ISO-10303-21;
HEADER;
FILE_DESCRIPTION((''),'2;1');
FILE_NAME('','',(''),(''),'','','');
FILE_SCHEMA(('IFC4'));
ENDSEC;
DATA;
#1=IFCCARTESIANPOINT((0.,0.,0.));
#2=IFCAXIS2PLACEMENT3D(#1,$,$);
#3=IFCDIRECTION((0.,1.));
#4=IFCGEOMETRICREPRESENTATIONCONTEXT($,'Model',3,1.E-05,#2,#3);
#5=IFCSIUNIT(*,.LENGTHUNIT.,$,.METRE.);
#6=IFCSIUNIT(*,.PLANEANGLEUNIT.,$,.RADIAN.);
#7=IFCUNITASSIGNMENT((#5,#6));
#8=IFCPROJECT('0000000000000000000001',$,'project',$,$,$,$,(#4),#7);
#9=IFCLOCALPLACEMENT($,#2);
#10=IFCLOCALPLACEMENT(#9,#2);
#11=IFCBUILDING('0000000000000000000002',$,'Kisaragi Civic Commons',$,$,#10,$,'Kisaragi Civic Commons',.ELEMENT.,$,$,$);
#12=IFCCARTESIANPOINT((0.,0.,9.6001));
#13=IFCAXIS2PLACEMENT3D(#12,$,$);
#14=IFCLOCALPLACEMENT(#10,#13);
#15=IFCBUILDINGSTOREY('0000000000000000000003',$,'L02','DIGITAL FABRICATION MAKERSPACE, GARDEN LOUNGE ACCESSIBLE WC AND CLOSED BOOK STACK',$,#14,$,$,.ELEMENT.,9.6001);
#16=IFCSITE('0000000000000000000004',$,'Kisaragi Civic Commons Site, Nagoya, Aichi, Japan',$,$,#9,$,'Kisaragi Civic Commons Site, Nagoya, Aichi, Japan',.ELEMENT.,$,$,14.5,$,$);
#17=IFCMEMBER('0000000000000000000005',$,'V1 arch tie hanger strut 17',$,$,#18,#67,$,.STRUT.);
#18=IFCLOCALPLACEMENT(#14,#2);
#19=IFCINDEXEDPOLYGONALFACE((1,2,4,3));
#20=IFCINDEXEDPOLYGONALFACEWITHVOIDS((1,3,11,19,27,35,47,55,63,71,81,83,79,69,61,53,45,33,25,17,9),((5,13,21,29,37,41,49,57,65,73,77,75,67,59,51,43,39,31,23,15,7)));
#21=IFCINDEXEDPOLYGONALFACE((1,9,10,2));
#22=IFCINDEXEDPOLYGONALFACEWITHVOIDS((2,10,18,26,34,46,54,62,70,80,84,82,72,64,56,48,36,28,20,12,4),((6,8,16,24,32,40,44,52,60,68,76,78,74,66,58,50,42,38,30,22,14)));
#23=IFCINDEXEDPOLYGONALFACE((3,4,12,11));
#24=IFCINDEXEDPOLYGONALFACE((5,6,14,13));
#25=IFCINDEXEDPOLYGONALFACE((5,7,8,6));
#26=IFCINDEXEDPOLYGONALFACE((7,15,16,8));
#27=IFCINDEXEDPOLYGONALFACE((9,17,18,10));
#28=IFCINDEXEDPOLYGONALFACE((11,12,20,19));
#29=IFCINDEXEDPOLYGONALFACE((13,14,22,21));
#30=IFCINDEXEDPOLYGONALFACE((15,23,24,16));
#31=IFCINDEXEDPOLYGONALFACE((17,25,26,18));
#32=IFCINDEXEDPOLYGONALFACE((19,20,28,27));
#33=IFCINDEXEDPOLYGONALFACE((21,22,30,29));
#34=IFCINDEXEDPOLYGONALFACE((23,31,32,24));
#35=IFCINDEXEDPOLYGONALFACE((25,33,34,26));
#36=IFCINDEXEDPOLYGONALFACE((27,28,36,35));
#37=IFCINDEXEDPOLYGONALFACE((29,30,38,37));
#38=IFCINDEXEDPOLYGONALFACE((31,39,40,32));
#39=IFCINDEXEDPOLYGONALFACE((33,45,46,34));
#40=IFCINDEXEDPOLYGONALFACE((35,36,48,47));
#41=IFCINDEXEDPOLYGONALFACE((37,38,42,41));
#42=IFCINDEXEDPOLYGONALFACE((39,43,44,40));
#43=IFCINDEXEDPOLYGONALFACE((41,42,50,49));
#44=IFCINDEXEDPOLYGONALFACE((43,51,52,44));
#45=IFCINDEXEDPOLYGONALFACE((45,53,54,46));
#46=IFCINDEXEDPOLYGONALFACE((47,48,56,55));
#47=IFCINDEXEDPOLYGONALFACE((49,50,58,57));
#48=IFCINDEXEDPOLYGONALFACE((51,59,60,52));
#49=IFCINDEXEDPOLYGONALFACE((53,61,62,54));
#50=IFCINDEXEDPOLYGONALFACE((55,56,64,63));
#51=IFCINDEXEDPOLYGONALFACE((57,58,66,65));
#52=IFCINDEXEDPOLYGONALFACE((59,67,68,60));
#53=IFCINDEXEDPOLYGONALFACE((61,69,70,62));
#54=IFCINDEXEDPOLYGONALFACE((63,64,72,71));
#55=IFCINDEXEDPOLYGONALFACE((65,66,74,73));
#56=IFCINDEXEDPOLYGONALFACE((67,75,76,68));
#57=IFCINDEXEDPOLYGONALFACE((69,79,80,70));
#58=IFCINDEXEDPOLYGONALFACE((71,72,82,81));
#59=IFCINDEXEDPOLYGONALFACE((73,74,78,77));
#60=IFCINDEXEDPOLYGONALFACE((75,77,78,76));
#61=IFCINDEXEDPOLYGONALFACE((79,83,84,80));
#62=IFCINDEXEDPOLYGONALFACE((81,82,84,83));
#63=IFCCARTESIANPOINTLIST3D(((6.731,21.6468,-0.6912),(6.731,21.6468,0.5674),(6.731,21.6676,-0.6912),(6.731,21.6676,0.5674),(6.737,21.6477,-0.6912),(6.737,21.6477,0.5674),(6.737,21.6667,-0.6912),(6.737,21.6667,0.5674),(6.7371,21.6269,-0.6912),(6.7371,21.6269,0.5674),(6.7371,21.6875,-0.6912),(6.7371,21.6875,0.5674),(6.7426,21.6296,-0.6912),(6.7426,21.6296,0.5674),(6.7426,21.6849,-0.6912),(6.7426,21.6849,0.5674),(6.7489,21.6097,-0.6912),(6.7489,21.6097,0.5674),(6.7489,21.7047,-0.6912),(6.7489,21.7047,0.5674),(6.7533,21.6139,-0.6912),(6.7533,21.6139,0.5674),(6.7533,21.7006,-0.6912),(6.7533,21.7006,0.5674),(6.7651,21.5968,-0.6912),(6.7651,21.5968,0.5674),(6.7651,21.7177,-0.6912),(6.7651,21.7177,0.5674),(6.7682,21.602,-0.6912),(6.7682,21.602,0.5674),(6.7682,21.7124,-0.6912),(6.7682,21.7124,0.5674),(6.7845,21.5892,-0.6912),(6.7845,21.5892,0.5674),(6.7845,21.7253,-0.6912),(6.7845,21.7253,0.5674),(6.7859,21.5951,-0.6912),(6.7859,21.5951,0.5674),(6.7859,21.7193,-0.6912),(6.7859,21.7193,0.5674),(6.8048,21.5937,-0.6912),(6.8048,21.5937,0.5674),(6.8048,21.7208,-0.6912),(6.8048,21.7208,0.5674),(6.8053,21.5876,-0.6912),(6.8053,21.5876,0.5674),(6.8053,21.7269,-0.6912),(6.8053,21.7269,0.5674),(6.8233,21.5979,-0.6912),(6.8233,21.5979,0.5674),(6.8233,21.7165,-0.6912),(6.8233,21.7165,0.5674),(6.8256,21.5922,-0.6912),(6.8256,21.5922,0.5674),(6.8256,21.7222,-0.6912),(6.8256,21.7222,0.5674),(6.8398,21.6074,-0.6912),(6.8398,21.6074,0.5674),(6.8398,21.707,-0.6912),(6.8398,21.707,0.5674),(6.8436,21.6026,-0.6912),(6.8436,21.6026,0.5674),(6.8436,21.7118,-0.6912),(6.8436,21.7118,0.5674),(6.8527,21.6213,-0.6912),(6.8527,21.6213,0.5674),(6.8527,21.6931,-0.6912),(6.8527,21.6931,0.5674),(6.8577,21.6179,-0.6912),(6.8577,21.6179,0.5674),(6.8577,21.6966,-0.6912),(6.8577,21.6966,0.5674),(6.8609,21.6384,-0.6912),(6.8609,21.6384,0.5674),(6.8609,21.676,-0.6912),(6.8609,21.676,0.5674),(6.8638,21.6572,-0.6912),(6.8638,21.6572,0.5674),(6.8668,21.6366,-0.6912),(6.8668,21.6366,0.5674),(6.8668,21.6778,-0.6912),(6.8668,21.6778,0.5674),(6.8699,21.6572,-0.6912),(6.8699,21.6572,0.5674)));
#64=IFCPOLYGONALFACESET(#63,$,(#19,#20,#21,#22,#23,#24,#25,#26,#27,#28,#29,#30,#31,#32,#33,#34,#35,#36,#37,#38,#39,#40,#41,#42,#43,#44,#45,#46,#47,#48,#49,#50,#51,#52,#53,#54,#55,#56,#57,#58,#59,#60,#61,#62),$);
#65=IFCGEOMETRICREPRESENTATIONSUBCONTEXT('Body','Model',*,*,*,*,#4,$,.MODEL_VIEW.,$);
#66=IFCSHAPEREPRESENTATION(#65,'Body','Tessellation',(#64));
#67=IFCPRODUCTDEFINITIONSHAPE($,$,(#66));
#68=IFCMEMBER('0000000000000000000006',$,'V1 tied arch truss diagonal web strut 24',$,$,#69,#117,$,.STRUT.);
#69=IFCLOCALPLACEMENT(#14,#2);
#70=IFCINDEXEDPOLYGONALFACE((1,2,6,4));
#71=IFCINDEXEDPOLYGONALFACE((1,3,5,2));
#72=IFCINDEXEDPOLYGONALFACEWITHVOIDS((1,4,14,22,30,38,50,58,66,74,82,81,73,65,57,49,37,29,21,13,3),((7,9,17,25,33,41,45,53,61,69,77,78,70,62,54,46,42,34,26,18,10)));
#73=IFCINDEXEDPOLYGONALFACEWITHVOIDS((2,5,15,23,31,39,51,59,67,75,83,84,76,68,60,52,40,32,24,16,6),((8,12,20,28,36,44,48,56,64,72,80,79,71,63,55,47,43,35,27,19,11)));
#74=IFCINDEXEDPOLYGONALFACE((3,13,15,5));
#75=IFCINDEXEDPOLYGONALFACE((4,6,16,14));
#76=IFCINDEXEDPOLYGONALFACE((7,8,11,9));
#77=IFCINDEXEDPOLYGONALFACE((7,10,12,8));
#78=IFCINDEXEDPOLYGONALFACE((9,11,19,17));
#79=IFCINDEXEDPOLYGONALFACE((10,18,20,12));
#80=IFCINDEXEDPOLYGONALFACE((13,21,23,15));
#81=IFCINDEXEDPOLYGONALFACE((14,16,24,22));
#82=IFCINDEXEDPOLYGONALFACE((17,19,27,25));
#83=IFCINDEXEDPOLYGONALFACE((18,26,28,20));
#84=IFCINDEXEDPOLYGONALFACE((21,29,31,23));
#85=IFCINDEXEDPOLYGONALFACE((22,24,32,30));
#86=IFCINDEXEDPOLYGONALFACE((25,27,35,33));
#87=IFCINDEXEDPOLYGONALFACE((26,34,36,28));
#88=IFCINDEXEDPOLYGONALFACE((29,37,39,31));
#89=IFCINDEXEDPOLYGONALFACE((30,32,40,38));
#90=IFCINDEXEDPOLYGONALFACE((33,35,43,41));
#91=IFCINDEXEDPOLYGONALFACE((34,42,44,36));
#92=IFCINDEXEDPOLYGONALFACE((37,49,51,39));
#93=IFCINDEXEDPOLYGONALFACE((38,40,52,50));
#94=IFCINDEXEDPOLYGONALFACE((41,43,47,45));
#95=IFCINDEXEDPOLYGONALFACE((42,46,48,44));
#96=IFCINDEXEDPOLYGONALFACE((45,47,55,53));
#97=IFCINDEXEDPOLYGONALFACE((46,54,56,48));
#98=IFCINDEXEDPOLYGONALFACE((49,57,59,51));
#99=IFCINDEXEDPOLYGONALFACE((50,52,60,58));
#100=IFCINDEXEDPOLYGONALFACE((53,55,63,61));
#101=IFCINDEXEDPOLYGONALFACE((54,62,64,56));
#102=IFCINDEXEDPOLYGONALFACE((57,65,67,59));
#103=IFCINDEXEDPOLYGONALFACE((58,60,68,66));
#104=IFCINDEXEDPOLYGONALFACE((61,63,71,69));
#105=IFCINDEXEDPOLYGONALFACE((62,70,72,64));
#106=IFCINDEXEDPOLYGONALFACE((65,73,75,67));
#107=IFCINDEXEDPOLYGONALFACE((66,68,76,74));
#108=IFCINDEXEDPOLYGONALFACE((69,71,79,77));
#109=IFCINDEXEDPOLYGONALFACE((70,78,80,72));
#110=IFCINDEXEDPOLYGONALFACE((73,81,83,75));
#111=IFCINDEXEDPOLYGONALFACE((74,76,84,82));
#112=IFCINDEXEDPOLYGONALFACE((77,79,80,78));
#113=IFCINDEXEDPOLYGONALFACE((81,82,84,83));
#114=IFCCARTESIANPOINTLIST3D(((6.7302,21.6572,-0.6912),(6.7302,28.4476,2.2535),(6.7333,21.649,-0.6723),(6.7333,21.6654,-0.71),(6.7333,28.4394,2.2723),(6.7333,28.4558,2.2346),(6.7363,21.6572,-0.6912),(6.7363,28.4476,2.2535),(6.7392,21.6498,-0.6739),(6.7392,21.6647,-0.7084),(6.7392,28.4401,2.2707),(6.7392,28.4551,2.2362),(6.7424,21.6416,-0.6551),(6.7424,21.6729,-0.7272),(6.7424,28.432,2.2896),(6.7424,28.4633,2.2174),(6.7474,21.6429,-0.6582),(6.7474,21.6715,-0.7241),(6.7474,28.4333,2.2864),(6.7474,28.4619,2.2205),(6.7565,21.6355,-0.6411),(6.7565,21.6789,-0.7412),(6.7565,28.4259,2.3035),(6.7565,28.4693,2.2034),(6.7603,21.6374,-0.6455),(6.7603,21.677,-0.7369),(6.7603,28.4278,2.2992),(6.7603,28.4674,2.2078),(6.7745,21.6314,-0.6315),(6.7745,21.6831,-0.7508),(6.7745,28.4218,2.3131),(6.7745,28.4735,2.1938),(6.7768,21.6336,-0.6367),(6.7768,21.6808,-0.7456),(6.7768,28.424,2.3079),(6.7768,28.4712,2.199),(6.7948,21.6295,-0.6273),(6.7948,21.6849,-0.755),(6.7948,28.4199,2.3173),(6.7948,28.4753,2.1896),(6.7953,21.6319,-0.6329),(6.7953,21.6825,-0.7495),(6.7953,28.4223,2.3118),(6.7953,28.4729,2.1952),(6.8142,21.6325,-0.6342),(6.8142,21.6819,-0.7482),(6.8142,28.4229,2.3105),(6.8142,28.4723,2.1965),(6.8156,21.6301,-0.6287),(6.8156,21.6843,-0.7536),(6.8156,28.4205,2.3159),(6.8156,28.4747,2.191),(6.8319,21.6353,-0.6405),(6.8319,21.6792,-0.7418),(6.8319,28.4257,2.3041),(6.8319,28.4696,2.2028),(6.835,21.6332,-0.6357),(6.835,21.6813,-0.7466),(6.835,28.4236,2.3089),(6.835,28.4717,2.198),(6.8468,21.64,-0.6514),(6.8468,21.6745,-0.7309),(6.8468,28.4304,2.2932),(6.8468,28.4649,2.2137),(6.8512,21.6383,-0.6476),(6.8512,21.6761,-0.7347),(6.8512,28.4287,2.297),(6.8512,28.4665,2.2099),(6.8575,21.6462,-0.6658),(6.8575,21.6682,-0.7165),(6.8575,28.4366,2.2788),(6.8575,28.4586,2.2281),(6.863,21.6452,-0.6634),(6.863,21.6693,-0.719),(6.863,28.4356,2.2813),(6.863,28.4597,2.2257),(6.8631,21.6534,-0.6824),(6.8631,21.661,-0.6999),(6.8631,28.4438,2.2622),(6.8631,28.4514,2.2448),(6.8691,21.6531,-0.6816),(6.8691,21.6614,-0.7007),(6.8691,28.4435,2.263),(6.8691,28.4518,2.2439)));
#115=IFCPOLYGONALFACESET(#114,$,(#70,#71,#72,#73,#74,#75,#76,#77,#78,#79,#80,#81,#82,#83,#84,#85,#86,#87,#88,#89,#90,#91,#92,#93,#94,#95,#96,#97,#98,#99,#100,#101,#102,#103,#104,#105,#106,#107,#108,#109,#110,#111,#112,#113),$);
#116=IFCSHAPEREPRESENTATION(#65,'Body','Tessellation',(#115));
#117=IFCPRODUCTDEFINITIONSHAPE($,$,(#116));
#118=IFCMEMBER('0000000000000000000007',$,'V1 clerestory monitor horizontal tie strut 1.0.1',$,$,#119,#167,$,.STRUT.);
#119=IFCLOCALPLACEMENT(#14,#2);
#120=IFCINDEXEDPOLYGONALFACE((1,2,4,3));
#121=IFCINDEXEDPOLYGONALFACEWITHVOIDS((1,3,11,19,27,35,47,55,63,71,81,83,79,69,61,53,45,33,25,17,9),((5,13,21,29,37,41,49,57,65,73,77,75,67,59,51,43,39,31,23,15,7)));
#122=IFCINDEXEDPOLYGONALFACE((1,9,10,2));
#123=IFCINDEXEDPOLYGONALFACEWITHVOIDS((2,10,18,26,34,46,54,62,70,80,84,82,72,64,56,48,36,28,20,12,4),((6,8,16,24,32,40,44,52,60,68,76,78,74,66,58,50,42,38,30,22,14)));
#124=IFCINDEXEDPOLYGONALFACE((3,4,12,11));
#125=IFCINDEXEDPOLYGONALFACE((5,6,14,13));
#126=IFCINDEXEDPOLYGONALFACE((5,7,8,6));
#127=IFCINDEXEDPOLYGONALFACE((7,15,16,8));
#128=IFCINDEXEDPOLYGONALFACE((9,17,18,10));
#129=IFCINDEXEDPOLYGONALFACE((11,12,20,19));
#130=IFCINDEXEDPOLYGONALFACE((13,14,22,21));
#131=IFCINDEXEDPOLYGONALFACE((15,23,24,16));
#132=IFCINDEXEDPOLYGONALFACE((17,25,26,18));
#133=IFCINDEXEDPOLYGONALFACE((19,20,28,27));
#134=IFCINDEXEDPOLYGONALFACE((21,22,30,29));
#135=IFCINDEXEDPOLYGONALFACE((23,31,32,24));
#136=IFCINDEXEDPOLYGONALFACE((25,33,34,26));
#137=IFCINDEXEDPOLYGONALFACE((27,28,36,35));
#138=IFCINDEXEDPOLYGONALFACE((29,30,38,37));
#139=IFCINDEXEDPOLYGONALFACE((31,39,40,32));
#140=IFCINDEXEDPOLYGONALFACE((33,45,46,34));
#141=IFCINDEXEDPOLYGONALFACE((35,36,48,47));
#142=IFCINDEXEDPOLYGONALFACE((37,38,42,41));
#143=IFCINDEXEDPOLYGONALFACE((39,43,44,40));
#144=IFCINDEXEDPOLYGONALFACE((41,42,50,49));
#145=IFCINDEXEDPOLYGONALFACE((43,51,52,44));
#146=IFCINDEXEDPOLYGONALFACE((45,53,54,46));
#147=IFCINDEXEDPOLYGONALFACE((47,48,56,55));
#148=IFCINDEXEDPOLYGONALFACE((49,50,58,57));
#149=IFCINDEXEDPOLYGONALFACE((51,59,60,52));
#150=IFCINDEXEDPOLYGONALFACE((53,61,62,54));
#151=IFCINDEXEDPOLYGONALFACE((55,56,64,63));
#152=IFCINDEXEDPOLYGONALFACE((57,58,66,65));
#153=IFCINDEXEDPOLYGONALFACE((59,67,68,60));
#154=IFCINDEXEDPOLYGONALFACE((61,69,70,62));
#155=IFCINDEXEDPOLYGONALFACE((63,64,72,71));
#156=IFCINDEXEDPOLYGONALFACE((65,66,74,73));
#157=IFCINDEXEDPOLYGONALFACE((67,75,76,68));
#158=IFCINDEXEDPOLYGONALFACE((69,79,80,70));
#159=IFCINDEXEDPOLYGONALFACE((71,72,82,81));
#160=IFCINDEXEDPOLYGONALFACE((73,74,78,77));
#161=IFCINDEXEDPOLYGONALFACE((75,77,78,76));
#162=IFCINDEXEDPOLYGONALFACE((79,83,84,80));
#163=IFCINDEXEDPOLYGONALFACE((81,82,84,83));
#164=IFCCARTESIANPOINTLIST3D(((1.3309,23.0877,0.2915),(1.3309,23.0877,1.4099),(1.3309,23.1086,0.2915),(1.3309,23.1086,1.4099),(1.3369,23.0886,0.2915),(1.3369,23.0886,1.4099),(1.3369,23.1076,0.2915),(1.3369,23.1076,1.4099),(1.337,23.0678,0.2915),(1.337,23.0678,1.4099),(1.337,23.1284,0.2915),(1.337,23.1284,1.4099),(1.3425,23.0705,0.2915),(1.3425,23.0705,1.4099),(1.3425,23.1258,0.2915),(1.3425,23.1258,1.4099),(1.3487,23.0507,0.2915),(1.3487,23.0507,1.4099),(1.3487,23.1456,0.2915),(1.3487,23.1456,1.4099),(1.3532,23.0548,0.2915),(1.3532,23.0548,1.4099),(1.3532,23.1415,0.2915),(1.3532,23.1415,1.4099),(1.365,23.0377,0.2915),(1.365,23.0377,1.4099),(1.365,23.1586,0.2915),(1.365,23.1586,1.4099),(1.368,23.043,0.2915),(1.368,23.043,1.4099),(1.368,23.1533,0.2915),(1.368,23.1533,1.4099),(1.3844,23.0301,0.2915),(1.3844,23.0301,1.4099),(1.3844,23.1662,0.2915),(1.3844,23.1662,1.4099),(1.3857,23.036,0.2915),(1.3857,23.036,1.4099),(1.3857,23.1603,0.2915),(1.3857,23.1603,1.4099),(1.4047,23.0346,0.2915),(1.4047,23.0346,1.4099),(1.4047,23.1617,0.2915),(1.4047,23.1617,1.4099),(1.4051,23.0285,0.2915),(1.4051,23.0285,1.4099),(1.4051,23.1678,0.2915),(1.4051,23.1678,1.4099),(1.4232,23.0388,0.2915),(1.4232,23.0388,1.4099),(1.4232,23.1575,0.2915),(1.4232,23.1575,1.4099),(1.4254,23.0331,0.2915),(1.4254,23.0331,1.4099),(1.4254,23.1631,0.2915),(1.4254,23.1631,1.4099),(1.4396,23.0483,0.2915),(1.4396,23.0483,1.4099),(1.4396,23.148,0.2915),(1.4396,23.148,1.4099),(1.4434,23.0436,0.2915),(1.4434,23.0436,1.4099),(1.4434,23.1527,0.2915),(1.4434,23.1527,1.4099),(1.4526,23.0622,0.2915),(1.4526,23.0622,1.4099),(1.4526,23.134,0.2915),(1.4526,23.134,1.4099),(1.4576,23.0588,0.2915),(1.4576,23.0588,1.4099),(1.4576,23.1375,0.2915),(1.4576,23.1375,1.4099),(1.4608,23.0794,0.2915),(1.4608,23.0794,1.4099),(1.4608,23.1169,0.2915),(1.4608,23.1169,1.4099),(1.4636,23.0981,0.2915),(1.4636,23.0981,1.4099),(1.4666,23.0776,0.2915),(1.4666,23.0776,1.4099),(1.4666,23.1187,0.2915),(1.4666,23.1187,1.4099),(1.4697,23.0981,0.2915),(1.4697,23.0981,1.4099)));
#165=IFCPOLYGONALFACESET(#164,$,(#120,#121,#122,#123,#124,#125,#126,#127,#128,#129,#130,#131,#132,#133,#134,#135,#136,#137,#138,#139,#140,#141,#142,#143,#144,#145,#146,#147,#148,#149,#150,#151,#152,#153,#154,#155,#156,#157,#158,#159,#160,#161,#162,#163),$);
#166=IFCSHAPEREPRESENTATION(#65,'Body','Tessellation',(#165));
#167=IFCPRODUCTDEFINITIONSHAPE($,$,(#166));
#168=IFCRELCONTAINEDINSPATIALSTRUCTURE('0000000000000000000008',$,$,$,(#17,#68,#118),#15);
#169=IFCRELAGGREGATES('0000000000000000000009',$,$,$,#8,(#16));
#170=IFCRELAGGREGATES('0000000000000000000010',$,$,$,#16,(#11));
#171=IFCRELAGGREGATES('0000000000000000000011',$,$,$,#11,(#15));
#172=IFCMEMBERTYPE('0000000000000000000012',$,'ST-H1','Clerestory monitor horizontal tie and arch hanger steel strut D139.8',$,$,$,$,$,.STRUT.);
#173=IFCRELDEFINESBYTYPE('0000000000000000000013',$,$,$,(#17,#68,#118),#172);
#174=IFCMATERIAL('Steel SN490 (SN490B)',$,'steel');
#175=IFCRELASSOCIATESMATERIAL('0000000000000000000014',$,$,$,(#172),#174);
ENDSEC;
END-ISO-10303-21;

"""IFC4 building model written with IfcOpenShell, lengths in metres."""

from ifc_helpers import new_model, si_unit, direction, frame, origin, origin_2d, place, context, subcontext, project, spatial, hollow_circle, extrude, material, material_profile, profile_set, type_object, element, save


model = new_model("IFC4")

# Units and contexts
model_context = context("Model", 3, precision=1e-05, world=origin(), true_north=direction((0.0, 1.0)))
body_context = subcontext(model_context, "Body", "Model", "MODEL_VIEW")
ifc_project = project(units=[si_unit("LENGTHUNIT", "METRE"), si_unit("PLANEANGLEUNIT", "RADIAN")], contexts=[model_context])

# Site, building, storey
site_placement = place(None, origin())
site = spatial("IfcSite", under=ifc_project, at=site_placement, Name="Kisaragi Civic Commons Site, Nagoya, Aichi, Japan", LongName="Kisaragi Civic Commons Site, Nagoya, Aichi, Japan", CompositionType="ELEMENT", RefElevation=14.5)
building_placement = place(site_placement, origin())
building = spatial("IfcBuilding", under=site, at=building_placement, Name="Kisaragi Civic Commons", LongName="Kisaragi Civic Commons", CompositionType="ELEMENT")
storey_placement = place(building_placement, frame((0.0, 0.0, 9.6001)))
storey = spatial("IfcBuildingStorey", under=building, at=storey_placement, Name="L02", Description="DIGITAL FABRICATION MAKERSPACE, GARDEN LOUNGE ACCESSIBLE WC AND CLOSED BOOK STACK", CompositionType="ELEMENT", Elevation=9.6001)

# Members
ifc_material_1 = material(Name="Steel SN490 (SN490B)", Category="steel")
ifc_material_profile_1 = material_profile(ifc_material_1, hollow_circle(Radius=0.0698, WallThickness=0.0061, at=origin_2d()), Name="CHS-139.8x6.0", Category="steel")
ifc_profile_set_1 = profile_set([ifc_material_profile_1], Name="Steel SN490 (SN490B)")
member_type_1 = type_object("IfcMemberType", Name="ST-H1", Description="Clerestory monitor horizontal tie and arch hanger steel strut D139.8", PredefinedType="STRUT", material=ifc_profile_set_1)
member_1_placement = place(storey_placement, frame((6.8, 21.6572, -0.6912), z_axis=(0.0, 0.0, 1.0), x_axis=(1.0, 0.0, 0.0)))
element("IfcMember", 1, at=member_1_placement, inside=storey, type_object=member_type_1, Name="V1 arch tie hanger strut 17", PredefinedType="STRUT", context=body_context, shape_type="SweptSolid", body=[
    extrude(hollow_circle(Radius=0.0698, WallThickness=0.0061, at=origin_2d()), origin(), (0.0, 0.0, 1.0), 1.2585),
])
member_2_placement = place(storey_placement, frame((6.8, 21.6572, -0.6912), z_axis=(0.0, 0.917451, 0.397849), x_axis=(-1.0, 0.0, 0.0)))
element("IfcMember", 2, at=member_2_placement, inside=storey, type_object=member_type_1, Name="V1 tied arch truss diagonal web strut 24", PredefinedType="STRUT", context=body_context, shape_type="SweptSolid", body=[
    extrude(hollow_circle(Radius=0.0698, WallThickness=0.0061, at=origin_2d()), origin(), (0.0, 0.0, 1.0), 7.4014),
])
member_3_placement = place(storey_placement, frame((1.3999, 23.0981, 0.2915), z_axis=(0.0, 0.0, 1.0), x_axis=(1.0, 0.0, 0.0)))
element("IfcMember", 3, at=member_3_placement, inside=storey, type_object=member_type_1, Name="V1 clerestory monitor horizontal tie strut 1.0.1", PredefinedType="STRUT", context=body_context, shape_type="SweptSolid", body=[
    extrude(hollow_circle(Radius=0.0698, WallThickness=0.0061, at=origin_2d()), origin(), (0.0, 0.0, 1.0), 1.1184),
])

save(model, "model.ifc")
